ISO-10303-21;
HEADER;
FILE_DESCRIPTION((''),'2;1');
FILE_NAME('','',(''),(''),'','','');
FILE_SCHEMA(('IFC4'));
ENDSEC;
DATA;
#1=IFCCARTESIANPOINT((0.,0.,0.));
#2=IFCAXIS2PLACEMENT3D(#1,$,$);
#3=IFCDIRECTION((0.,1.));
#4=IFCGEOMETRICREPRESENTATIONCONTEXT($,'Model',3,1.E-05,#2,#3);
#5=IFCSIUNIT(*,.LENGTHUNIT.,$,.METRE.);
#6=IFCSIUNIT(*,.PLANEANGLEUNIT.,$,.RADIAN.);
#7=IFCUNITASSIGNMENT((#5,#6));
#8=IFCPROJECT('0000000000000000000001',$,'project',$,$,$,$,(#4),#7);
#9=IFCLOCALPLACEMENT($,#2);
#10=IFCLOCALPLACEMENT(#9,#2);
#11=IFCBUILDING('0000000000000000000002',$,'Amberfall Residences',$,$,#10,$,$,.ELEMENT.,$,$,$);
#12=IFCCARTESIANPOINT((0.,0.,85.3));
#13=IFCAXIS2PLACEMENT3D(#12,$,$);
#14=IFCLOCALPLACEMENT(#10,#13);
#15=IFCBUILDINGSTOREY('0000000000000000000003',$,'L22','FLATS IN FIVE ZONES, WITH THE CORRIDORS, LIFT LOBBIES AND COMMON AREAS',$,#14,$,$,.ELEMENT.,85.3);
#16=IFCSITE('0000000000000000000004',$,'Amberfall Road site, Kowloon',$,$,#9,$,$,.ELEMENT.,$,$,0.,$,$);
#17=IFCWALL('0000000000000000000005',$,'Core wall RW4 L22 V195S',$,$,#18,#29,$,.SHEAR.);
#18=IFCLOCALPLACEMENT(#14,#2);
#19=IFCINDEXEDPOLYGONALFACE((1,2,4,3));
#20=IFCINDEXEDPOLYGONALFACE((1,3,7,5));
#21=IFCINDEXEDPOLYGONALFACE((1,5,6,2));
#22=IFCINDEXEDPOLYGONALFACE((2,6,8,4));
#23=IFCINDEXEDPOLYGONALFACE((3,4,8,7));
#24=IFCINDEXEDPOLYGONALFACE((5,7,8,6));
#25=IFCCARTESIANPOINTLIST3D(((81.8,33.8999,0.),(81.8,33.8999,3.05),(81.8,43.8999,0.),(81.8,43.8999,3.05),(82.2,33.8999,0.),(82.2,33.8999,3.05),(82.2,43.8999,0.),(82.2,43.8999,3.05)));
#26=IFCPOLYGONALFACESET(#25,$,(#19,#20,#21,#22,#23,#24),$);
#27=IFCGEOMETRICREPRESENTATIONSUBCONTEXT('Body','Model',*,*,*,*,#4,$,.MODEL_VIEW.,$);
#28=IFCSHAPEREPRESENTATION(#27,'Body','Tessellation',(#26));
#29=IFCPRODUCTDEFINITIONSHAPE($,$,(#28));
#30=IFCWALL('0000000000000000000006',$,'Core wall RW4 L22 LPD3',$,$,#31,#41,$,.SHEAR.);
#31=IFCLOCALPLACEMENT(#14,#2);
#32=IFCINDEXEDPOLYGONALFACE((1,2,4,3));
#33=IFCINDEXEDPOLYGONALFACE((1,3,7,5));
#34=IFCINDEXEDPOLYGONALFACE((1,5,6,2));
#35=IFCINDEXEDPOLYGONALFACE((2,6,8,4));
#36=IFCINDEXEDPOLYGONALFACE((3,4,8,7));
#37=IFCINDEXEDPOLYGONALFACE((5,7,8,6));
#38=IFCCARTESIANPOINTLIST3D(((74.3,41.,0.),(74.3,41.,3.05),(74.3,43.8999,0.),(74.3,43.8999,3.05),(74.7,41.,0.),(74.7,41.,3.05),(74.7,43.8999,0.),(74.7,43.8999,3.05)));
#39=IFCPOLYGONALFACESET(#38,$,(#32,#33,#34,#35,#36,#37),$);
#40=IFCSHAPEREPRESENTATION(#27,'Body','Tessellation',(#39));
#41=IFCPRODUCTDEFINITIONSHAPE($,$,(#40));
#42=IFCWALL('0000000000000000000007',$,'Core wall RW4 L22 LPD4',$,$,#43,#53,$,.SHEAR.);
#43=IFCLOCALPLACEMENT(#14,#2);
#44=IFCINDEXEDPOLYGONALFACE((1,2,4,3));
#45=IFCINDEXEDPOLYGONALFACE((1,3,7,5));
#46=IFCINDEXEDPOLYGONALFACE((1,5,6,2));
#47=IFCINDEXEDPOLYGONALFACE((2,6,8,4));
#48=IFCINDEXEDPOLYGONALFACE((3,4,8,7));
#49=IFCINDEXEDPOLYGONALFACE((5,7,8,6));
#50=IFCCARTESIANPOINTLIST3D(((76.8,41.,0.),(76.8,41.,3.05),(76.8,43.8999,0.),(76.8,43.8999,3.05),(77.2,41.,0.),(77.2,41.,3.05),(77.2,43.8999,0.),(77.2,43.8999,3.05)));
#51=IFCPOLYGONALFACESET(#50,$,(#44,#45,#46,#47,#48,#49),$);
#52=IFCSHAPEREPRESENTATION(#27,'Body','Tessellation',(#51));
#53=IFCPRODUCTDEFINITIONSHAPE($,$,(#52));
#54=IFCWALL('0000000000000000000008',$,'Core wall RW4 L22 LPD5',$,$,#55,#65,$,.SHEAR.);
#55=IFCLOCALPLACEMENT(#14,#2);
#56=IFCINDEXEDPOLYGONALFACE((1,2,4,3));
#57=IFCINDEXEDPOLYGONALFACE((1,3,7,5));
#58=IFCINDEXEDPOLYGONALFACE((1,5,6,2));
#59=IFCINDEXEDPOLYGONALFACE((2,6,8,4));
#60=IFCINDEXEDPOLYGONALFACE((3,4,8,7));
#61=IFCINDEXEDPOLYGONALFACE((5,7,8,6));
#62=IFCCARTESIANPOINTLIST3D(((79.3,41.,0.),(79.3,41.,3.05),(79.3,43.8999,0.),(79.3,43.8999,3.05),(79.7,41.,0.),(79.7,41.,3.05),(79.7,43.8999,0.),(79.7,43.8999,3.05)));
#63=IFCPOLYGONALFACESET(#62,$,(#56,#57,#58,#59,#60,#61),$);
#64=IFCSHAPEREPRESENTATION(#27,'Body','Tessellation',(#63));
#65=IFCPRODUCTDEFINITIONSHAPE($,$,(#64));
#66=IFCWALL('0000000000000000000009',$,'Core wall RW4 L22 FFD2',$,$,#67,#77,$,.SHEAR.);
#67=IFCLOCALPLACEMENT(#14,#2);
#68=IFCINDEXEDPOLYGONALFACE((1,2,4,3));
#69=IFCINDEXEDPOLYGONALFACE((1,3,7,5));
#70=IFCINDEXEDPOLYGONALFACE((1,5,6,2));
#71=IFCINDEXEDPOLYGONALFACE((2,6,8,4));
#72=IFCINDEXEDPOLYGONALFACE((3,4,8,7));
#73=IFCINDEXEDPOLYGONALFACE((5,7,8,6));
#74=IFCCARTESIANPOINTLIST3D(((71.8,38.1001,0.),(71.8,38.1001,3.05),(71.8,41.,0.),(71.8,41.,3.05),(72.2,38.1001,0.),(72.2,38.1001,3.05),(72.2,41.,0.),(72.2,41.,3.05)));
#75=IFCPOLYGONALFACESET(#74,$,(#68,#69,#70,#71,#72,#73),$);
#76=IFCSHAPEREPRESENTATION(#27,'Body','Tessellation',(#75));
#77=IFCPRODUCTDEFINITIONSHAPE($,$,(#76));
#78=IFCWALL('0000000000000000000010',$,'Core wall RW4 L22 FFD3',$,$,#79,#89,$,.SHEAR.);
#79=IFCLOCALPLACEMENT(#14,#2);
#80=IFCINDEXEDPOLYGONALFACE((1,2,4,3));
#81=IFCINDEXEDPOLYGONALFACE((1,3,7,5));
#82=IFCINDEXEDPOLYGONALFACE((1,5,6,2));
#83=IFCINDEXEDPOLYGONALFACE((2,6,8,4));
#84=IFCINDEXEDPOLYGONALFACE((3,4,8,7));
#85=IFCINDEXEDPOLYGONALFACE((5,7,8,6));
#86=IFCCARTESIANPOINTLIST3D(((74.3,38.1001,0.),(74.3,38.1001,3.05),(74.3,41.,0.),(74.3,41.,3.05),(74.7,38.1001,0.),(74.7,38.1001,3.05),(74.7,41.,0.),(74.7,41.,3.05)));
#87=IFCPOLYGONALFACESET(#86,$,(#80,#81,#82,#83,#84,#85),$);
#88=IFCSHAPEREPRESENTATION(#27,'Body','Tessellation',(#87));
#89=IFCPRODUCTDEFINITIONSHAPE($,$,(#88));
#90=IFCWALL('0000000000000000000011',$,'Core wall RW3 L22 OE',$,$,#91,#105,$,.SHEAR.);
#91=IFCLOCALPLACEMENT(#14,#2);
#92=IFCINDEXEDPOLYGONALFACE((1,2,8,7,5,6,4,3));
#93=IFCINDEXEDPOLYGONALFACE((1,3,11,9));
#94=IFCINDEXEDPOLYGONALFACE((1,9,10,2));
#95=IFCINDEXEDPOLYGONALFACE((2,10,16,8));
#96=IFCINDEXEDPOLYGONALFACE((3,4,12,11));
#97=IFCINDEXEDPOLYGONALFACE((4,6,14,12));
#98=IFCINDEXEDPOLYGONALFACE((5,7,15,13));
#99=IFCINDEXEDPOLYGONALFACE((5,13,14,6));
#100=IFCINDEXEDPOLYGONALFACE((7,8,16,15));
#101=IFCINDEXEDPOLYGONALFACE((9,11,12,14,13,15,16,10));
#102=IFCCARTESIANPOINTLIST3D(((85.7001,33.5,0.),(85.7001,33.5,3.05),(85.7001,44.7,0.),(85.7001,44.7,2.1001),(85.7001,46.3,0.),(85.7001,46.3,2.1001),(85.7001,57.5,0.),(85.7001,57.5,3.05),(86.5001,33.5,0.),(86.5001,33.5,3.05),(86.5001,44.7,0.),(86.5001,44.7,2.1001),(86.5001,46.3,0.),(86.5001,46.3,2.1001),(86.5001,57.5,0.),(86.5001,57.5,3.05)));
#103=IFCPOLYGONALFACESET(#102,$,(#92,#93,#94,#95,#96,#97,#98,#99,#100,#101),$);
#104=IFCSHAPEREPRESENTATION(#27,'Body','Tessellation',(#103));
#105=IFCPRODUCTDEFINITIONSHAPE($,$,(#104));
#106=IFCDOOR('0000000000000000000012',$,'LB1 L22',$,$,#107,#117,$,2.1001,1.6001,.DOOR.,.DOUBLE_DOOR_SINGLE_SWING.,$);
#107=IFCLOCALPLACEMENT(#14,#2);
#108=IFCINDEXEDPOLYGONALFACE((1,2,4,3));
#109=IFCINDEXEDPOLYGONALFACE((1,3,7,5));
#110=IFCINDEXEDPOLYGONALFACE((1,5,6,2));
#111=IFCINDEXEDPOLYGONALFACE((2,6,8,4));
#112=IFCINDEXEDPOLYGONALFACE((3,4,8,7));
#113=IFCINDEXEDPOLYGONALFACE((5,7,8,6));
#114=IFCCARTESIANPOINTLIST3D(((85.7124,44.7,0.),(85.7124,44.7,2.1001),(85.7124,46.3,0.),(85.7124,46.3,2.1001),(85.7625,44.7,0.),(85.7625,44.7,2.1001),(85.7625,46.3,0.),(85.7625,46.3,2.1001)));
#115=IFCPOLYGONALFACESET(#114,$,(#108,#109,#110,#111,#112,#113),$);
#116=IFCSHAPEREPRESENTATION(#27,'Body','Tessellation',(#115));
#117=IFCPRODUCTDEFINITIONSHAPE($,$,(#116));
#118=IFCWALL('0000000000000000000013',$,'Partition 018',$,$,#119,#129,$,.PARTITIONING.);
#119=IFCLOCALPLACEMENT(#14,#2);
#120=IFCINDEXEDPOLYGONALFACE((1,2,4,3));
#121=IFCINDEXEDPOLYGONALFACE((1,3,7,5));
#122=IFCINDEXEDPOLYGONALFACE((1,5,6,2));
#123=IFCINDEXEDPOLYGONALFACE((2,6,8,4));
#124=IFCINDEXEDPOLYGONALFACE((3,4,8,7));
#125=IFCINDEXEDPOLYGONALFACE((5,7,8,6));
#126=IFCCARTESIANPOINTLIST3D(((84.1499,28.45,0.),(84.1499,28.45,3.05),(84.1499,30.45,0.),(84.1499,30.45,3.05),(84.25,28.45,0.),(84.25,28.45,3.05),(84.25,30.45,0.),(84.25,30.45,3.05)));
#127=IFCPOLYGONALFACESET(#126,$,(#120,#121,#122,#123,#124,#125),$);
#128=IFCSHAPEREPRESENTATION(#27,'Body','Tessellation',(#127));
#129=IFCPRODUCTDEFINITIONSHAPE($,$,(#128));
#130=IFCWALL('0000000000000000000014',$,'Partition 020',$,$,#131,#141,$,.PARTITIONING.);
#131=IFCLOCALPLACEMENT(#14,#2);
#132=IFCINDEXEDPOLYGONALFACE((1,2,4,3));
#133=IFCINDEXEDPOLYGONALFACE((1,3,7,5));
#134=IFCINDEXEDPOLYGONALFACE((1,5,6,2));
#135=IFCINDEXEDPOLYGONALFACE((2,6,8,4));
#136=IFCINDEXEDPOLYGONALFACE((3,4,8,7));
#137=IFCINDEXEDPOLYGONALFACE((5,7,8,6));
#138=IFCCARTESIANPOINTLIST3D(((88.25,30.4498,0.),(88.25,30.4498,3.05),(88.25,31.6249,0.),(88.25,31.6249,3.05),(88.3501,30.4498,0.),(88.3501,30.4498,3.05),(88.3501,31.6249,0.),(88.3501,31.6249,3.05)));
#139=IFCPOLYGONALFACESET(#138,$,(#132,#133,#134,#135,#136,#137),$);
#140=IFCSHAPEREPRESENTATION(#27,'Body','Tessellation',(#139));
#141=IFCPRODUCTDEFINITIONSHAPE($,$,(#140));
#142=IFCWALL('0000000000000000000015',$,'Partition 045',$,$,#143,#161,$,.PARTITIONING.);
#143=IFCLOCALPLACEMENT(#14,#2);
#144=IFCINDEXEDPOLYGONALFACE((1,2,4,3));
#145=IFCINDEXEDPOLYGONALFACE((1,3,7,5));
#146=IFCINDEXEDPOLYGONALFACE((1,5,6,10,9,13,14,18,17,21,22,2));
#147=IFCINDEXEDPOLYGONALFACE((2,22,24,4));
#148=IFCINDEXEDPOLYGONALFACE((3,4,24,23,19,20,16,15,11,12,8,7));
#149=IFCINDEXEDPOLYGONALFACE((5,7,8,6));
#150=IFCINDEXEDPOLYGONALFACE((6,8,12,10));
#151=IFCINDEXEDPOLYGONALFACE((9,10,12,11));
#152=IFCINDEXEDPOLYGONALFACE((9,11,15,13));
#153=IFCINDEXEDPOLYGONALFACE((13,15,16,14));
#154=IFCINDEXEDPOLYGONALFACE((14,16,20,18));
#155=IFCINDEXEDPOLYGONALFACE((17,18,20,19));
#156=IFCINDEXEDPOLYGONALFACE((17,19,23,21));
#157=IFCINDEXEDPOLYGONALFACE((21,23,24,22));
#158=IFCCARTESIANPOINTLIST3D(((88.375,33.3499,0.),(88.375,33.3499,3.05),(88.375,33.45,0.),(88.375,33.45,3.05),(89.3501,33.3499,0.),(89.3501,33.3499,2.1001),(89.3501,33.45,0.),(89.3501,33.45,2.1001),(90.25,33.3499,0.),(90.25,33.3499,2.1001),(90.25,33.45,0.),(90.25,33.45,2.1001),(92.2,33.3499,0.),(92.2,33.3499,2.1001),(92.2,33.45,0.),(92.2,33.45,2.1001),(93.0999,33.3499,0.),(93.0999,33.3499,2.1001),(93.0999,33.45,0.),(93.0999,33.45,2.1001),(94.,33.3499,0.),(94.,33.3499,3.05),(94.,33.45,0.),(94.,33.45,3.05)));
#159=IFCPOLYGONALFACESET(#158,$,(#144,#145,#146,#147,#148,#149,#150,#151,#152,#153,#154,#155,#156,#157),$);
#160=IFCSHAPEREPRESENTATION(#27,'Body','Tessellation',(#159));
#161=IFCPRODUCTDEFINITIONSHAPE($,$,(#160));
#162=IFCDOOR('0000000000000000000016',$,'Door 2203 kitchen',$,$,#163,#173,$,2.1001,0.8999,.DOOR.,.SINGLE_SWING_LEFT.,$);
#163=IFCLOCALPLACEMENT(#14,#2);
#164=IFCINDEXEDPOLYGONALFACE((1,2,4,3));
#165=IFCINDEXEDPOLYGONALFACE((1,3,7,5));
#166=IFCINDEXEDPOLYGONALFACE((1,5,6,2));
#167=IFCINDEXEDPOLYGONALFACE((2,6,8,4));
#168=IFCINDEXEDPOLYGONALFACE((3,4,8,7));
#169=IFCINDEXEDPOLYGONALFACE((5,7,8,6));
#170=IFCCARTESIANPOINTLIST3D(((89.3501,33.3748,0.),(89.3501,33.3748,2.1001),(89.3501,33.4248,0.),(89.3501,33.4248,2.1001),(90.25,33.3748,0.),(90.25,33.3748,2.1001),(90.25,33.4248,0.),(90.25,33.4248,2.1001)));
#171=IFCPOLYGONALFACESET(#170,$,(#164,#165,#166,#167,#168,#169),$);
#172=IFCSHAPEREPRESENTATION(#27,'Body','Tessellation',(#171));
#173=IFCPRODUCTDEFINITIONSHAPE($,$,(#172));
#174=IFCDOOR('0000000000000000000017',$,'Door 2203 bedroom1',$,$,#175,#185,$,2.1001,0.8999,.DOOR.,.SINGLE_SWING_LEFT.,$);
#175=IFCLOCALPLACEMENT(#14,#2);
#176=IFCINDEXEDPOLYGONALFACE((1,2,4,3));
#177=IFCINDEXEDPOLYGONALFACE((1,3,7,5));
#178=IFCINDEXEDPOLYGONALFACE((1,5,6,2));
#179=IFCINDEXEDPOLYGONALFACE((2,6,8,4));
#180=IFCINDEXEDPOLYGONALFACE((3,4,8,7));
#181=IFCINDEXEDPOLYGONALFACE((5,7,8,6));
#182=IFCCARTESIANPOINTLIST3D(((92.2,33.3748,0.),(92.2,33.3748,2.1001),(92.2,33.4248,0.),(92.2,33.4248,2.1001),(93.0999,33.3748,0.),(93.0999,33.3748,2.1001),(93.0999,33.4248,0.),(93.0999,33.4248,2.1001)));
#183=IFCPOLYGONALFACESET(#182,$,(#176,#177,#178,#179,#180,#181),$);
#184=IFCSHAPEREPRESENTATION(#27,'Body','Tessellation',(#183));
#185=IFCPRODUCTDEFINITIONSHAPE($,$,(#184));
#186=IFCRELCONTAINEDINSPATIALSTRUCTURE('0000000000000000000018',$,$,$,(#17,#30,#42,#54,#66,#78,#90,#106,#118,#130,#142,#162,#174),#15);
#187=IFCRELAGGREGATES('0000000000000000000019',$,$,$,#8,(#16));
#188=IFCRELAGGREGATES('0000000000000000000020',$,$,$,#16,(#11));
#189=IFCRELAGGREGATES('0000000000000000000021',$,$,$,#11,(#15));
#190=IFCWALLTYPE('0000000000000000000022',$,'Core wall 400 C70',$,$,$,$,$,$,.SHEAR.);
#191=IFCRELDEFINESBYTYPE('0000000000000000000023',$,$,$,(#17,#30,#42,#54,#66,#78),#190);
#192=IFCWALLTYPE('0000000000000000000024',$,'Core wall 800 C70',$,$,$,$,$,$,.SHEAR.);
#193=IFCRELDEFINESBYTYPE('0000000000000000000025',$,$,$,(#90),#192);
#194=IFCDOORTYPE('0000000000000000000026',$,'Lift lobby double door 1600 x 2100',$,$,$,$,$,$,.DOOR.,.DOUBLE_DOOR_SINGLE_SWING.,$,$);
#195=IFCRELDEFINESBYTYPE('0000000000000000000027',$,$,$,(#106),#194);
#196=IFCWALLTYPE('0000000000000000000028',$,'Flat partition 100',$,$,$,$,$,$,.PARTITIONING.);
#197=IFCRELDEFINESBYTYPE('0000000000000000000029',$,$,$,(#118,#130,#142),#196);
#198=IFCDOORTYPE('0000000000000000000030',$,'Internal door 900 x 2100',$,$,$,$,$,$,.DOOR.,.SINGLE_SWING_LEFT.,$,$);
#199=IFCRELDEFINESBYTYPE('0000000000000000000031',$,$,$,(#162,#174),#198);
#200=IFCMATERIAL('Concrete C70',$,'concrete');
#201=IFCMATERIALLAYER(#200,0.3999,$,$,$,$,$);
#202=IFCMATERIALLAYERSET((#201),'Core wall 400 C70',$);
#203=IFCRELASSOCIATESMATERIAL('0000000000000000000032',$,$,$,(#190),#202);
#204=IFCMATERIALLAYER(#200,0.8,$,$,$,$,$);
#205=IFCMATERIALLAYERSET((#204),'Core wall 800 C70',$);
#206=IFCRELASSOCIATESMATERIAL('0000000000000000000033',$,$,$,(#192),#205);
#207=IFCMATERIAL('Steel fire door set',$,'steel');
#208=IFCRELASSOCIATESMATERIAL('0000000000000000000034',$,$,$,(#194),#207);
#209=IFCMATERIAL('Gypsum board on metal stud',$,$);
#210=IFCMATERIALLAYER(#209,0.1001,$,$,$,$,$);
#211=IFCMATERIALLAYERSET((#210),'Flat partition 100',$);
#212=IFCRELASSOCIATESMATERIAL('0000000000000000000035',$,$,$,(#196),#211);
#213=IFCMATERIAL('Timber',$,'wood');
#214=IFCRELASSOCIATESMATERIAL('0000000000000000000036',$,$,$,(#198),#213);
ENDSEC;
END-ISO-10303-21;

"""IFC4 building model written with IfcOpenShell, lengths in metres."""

from ifc_helpers import new_model, si_unit, direction, frame, frame_2d, origin, place, context, subcontext, project, spatial, rectangle, extrude, material, layer, layer_set, type_object, element, fill, save


model = new_model("IFC4")

# Units and contexts
model_context = context("Model", 3, precision=1e-05, world=origin(), true_north=direction((0.0, 1.0)))
body_context = subcontext(model_context, "Body", "Model", "MODEL_VIEW")
ifc_project = project(units=[si_unit("LENGTHUNIT", "METRE"), si_unit("PLANEANGLEUNIT", "RADIAN")], contexts=[model_context])

# Site, building, storey
site_placement = place(None, origin())
site = spatial("IfcSite", under=ifc_project, at=site_placement, Name="Amberfall Road site, Kowloon", CompositionType="ELEMENT", RefElevation=0.0)
building_placement = place(site_placement, origin())
building = spatial("IfcBuilding", under=site, at=building_placement, Name="Amberfall Residences", CompositionType="ELEMENT")
storey_placement = place(building_placement, frame((0.0, 0.0, 85.3)))
storey = spatial("IfcBuildingStorey", under=building, at=storey_placement, Name="L22", Description="FLATS IN FIVE ZONES, WITH THE CORRIDORS, LIFT LOBBIES AND COMMON AREAS", CompositionType="ELEMENT", Elevation=85.3)

# Walls
ifc_material_1 = material(Name="Concrete C70", Category="concrete")
ifc_layer_1 = layer(ifc_material_1, 0.3999)
ifc_layer_set_1 = layer_set([ifc_layer_1], Name="Core wall 400 C70")
wall_type_1 = type_object("IfcWallType", Name="Core wall 400 C70", PredefinedType="SHEAR", material=ifc_layer_set_1)
wall_1_placement = place(storey_placement, frame((82.0, 33.8999, 0.0), z_axis=(0.0, 0.0, 1.0), x_axis=(0.0, 1.0, 0.0)))
element("IfcWall", 1, at=wall_1_placement, inside=storey, type_object=wall_type_1, Name="Core wall RW4 L22 V195S", PredefinedType="SHEAR", context=body_context, shape_type="SweptSolid", body=[
    extrude(rectangle(XDim=10.0, YDim=0.3999, at=frame_2d((5.0, 0.0))), origin(), (0.0, 0.0, 1.0), 3.05),
])
for number, where, z_axis, x_axis, name in (
    (2, (74.5, 41.0, 0.0), (0.0, 0.0, 1.0), (0.0, 1.0, 0.0), "Core wall RW4 L22 LPD3"),
    (3, (77.0, 41.0, 0.0), (0.0, 0.0, 1.0), (0.0, 1.0, 0.0), "Core wall RW4 L22 LPD4"),
    (4, (79.5, 41.0, 0.0), (0.0, 0.0, 1.0), (0.0, 1.0, 0.0), "Core wall RW4 L22 LPD5"),
    (5, (72.0, 38.1001, 0.0), (0.0, 0.0, 1.0), (0.0, 1.0, 0.0), "Core wall RW4 L22 FFD2"),
    (6, (74.5, 38.1001, 0.0), (0.0, 0.0, 1.0), (0.0, 1.0, 0.0), "Core wall RW4 L22 FFD3"),
):
    element("IfcWall", number, at=place(storey_placement, frame(where, z_axis=z_axis, x_axis=x_axis)), inside=storey, type_object=wall_type_1, Name=name, PredefinedType="SHEAR", context=body_context, shape_type="SweptSolid", body=[
        extrude(rectangle(XDim=2.8999, YDim=0.3999, at=frame_2d((1.45, 0.0))), origin(), (0.0, 0.0, 1.0), 3.05),
    ])

# Wall, opening, door
ifc_layer_2 = layer(ifc_material_1, 0.8)
ifc_layer_set_2 = layer_set([ifc_layer_2], Name="Core wall 800 C70")
wall_type_2 = type_object("IfcWallType", Name="Core wall 800 C70", PredefinedType="SHEAR", material=ifc_layer_set_2)
wall_2_placement = place(storey_placement, frame((86.1001, 33.5, 0.0), z_axis=(0.0, 0.0, 1.0), x_axis=(0.0, 1.0, 0.0)))
wall_2 = element("IfcWall", 7, at=wall_2_placement, inside=storey, type_object=wall_type_2, Name="Core wall RW3 L22 OE", PredefinedType="SHEAR", context=body_context, shape_type="SweptSolid", body=[
    extrude(rectangle(XDim=24.0, YDim=0.8, at=frame_2d((12.0, 0.0))), origin(), (0.0, 0.0, 1.0), 3.05),
])
opening_1_placement = place(wall_2_placement, frame((11.2, 0.0, 0.0)))
opening_1 = element("IfcOpeningElement", 8, at=opening_1_placement, cuts=wall_2, PredefinedType="OPENING", context=body_context, shape_type="SweptSolid", body=[
    extrude(rectangle(XDim=1.6001, YDim=2.1001, at=frame_2d((0.8, 1.05))), frame((0.0, 0.4099, 0.0), z_axis=(0.0, -1.0, 0.0), x_axis=(1.0, 0.0, 0.0)), (0.0, 0.0, 1.0), 0.8201),
])
ifc_material_2 = material(Name="Steel fire door set", Category="steel")
door_type_1 = type_object("IfcDoorType", Name="Lift lobby double door 1600 x 2100", OperationType="DOUBLE_DOOR_SINGLE_SWING", PredefinedType="DOOR", material=ifc_material_2)
door_1_placement = place(opening_1_placement, origin())
door_1 = element("IfcDoor", 9, at=door_1_placement, inside=storey, type_object=door_type_1, Name="LB1 L22", OperationType="DOUBLE_DOOR_SINGLE_SWING", OverallHeight=2.1001, OverallWidth=1.6001, PredefinedType="DOOR", context=body_context, shape_type="SweptSolid", body=[
    extrude(rectangle(XDim=1.6001, YDim=2.1001, at=frame_2d((0.8, 1.05))), frame((0.0, 0.3877, 0.0), z_axis=(0.0, -1.0, 0.0), x_axis=(1.0, 0.0, 0.0)), (0.0, 0.0, 1.0), 0.05),
])
fill(opening_1, door_1)

# Walls
ifc_material_3 = material(Name="Gypsum board on metal stud")
ifc_layer_3 = layer(ifc_material_3, 0.1001)
ifc_layer_set_3 = layer_set([ifc_layer_3], Name="Flat partition 100")
wall_type_3 = type_object("IfcWallType", Name="Flat partition 100", PredefinedType="PARTITIONING", material=ifc_layer_set_3)
wall_3_placement = place(storey_placement, frame((84.2, 28.45, 0.0), z_axis=(0.0, 0.0, 1.0), x_axis=(0.0, 1.0, 0.0)))
element("IfcWall", 10, at=wall_3_placement, inside=storey, type_object=wall_type_3, Name="Partition 018", PredefinedType="PARTITIONING", context=body_context, shape_type="SweptSolid", body=[
    extrude(rectangle(XDim=2.0, YDim=0.1001, at=frame_2d((1.0, 0.0))), origin(), (0.0, 0.0, 1.0), 3.05),
])
wall_4_placement = place(storey_placement, frame((88.3, 30.45, 0.0), z_axis=(0.0, 0.0, 1.0), x_axis=(0.0, 1.0, 0.0)))
element("IfcWall", 11, at=wall_4_placement, inside=storey, type_object=wall_type_3, Name="Partition 020", PredefinedType="PARTITIONING", context=body_context, shape_type="SweptSolid", body=[
    extrude(rectangle(XDim=1.175, YDim=0.1001, at=frame_2d((0.5874, 0.0))), origin(), (0.0, 0.0, 1.0), 3.05),
])

# Wall, openings, doors
wall_5_placement = place(storey_placement, frame((88.375, 33.3999, 0.0), z_axis=(0.0, 0.0, 1.0), x_axis=(1.0, 0.0, 0.0)))
wall_5 = element("IfcWall", 12, at=wall_5_placement, inside=storey, type_object=wall_type_3, Name="Partition 045", PredefinedType="PARTITIONING", context=body_context, shape_type="SweptSolid", body=[
    extrude(rectangle(XDim=5.625, YDim=0.1001, at=frame_2d((2.8125, 0.0))), origin(), (0.0, 0.0, 1.0), 3.05),
])
opening_2_placement = place(wall_5_placement, frame((0.9751, 0.0, 0.0)))
opening_2 = element("IfcOpeningElement", 13, at=opening_2_placement, cuts=wall_5, PredefinedType="OPENING", context=body_context, shape_type="SweptSolid", body=[
    extrude(rectangle(XDim=0.8999, YDim=2.1001, at=frame_2d((0.45, 1.05))), frame((0.0, 0.0601, 0.0), z_axis=(0.0, -1.0, 0.0), x_axis=(1.0, 0.0, 0.0)), (0.0, 0.0, 1.0), 0.1201),
])
opening_3_placement = place(wall_5_placement, frame((3.825, 0.0, 0.0)))
opening_3 = element("IfcOpeningElement", 14, at=opening_3_placement, cuts=wall_5, PredefinedType="OPENING", context=body_context, shape_type="SweptSolid", body=[
    extrude(rectangle(XDim=0.8999, YDim=2.1001, at=frame_2d((0.45, 1.05))), frame((0.0, 0.0601, 0.0), z_axis=(0.0, -1.0, 0.0), x_axis=(1.0, 0.0, 0.0)), (0.0, 0.0, 1.0), 0.1201),
])
ifc_material_4 = material(Name="Timber", Category="wood")
door_type_2 = type_object("IfcDoorType", Name="Internal door 900 x 2100", OperationType="SINGLE_SWING_LEFT", PredefinedType="DOOR", material=ifc_material_4)
door_2_placement = place(opening_2_placement, origin())
door_2 = element("IfcDoor", 15, at=door_2_placement, inside=storey, type_object=door_type_2, Name="Door 2203 kitchen", OperationType="SINGLE_SWING_LEFT", OverallHeight=2.1001, OverallWidth=0.8999, PredefinedType="DOOR", context=body_context, shape_type="SweptSolid", body=[
    extrude(rectangle(XDim=0.8999, YDim=2.1001, at=frame_2d((0.45, 1.05))), frame((0.0, 0.0249, 0.0), z_axis=(0.0, -1.0, 0.0), x_axis=(1.0, 0.0, 0.0)), (0.0, 0.0, 1.0), 0.05),
])
fill(opening_2, door_2)
door_3_placement = place(opening_3_placement, origin())
door_3 = element("IfcDoor", 16, at=door_3_placement, inside=storey, type_object=door_type_2, Name="Door 2203 bedroom1", OperationType="SINGLE_SWING_LEFT", OverallHeight=2.1001, OverallWidth=0.8999, PredefinedType="DOOR", context=body_context, shape_type="SweptSolid", body=[
    extrude(rectangle(XDim=0.8999, YDim=2.1001, at=frame_2d((0.45, 1.05))), frame((0.0, 0.0249, 0.0), z_axis=(0.0, -1.0, 0.0), x_axis=(1.0, 0.0, 0.0)), (0.0, 0.0, 1.0), 0.05),
])
fill(opening_3, door_3)

save(model, "model.ifc")
